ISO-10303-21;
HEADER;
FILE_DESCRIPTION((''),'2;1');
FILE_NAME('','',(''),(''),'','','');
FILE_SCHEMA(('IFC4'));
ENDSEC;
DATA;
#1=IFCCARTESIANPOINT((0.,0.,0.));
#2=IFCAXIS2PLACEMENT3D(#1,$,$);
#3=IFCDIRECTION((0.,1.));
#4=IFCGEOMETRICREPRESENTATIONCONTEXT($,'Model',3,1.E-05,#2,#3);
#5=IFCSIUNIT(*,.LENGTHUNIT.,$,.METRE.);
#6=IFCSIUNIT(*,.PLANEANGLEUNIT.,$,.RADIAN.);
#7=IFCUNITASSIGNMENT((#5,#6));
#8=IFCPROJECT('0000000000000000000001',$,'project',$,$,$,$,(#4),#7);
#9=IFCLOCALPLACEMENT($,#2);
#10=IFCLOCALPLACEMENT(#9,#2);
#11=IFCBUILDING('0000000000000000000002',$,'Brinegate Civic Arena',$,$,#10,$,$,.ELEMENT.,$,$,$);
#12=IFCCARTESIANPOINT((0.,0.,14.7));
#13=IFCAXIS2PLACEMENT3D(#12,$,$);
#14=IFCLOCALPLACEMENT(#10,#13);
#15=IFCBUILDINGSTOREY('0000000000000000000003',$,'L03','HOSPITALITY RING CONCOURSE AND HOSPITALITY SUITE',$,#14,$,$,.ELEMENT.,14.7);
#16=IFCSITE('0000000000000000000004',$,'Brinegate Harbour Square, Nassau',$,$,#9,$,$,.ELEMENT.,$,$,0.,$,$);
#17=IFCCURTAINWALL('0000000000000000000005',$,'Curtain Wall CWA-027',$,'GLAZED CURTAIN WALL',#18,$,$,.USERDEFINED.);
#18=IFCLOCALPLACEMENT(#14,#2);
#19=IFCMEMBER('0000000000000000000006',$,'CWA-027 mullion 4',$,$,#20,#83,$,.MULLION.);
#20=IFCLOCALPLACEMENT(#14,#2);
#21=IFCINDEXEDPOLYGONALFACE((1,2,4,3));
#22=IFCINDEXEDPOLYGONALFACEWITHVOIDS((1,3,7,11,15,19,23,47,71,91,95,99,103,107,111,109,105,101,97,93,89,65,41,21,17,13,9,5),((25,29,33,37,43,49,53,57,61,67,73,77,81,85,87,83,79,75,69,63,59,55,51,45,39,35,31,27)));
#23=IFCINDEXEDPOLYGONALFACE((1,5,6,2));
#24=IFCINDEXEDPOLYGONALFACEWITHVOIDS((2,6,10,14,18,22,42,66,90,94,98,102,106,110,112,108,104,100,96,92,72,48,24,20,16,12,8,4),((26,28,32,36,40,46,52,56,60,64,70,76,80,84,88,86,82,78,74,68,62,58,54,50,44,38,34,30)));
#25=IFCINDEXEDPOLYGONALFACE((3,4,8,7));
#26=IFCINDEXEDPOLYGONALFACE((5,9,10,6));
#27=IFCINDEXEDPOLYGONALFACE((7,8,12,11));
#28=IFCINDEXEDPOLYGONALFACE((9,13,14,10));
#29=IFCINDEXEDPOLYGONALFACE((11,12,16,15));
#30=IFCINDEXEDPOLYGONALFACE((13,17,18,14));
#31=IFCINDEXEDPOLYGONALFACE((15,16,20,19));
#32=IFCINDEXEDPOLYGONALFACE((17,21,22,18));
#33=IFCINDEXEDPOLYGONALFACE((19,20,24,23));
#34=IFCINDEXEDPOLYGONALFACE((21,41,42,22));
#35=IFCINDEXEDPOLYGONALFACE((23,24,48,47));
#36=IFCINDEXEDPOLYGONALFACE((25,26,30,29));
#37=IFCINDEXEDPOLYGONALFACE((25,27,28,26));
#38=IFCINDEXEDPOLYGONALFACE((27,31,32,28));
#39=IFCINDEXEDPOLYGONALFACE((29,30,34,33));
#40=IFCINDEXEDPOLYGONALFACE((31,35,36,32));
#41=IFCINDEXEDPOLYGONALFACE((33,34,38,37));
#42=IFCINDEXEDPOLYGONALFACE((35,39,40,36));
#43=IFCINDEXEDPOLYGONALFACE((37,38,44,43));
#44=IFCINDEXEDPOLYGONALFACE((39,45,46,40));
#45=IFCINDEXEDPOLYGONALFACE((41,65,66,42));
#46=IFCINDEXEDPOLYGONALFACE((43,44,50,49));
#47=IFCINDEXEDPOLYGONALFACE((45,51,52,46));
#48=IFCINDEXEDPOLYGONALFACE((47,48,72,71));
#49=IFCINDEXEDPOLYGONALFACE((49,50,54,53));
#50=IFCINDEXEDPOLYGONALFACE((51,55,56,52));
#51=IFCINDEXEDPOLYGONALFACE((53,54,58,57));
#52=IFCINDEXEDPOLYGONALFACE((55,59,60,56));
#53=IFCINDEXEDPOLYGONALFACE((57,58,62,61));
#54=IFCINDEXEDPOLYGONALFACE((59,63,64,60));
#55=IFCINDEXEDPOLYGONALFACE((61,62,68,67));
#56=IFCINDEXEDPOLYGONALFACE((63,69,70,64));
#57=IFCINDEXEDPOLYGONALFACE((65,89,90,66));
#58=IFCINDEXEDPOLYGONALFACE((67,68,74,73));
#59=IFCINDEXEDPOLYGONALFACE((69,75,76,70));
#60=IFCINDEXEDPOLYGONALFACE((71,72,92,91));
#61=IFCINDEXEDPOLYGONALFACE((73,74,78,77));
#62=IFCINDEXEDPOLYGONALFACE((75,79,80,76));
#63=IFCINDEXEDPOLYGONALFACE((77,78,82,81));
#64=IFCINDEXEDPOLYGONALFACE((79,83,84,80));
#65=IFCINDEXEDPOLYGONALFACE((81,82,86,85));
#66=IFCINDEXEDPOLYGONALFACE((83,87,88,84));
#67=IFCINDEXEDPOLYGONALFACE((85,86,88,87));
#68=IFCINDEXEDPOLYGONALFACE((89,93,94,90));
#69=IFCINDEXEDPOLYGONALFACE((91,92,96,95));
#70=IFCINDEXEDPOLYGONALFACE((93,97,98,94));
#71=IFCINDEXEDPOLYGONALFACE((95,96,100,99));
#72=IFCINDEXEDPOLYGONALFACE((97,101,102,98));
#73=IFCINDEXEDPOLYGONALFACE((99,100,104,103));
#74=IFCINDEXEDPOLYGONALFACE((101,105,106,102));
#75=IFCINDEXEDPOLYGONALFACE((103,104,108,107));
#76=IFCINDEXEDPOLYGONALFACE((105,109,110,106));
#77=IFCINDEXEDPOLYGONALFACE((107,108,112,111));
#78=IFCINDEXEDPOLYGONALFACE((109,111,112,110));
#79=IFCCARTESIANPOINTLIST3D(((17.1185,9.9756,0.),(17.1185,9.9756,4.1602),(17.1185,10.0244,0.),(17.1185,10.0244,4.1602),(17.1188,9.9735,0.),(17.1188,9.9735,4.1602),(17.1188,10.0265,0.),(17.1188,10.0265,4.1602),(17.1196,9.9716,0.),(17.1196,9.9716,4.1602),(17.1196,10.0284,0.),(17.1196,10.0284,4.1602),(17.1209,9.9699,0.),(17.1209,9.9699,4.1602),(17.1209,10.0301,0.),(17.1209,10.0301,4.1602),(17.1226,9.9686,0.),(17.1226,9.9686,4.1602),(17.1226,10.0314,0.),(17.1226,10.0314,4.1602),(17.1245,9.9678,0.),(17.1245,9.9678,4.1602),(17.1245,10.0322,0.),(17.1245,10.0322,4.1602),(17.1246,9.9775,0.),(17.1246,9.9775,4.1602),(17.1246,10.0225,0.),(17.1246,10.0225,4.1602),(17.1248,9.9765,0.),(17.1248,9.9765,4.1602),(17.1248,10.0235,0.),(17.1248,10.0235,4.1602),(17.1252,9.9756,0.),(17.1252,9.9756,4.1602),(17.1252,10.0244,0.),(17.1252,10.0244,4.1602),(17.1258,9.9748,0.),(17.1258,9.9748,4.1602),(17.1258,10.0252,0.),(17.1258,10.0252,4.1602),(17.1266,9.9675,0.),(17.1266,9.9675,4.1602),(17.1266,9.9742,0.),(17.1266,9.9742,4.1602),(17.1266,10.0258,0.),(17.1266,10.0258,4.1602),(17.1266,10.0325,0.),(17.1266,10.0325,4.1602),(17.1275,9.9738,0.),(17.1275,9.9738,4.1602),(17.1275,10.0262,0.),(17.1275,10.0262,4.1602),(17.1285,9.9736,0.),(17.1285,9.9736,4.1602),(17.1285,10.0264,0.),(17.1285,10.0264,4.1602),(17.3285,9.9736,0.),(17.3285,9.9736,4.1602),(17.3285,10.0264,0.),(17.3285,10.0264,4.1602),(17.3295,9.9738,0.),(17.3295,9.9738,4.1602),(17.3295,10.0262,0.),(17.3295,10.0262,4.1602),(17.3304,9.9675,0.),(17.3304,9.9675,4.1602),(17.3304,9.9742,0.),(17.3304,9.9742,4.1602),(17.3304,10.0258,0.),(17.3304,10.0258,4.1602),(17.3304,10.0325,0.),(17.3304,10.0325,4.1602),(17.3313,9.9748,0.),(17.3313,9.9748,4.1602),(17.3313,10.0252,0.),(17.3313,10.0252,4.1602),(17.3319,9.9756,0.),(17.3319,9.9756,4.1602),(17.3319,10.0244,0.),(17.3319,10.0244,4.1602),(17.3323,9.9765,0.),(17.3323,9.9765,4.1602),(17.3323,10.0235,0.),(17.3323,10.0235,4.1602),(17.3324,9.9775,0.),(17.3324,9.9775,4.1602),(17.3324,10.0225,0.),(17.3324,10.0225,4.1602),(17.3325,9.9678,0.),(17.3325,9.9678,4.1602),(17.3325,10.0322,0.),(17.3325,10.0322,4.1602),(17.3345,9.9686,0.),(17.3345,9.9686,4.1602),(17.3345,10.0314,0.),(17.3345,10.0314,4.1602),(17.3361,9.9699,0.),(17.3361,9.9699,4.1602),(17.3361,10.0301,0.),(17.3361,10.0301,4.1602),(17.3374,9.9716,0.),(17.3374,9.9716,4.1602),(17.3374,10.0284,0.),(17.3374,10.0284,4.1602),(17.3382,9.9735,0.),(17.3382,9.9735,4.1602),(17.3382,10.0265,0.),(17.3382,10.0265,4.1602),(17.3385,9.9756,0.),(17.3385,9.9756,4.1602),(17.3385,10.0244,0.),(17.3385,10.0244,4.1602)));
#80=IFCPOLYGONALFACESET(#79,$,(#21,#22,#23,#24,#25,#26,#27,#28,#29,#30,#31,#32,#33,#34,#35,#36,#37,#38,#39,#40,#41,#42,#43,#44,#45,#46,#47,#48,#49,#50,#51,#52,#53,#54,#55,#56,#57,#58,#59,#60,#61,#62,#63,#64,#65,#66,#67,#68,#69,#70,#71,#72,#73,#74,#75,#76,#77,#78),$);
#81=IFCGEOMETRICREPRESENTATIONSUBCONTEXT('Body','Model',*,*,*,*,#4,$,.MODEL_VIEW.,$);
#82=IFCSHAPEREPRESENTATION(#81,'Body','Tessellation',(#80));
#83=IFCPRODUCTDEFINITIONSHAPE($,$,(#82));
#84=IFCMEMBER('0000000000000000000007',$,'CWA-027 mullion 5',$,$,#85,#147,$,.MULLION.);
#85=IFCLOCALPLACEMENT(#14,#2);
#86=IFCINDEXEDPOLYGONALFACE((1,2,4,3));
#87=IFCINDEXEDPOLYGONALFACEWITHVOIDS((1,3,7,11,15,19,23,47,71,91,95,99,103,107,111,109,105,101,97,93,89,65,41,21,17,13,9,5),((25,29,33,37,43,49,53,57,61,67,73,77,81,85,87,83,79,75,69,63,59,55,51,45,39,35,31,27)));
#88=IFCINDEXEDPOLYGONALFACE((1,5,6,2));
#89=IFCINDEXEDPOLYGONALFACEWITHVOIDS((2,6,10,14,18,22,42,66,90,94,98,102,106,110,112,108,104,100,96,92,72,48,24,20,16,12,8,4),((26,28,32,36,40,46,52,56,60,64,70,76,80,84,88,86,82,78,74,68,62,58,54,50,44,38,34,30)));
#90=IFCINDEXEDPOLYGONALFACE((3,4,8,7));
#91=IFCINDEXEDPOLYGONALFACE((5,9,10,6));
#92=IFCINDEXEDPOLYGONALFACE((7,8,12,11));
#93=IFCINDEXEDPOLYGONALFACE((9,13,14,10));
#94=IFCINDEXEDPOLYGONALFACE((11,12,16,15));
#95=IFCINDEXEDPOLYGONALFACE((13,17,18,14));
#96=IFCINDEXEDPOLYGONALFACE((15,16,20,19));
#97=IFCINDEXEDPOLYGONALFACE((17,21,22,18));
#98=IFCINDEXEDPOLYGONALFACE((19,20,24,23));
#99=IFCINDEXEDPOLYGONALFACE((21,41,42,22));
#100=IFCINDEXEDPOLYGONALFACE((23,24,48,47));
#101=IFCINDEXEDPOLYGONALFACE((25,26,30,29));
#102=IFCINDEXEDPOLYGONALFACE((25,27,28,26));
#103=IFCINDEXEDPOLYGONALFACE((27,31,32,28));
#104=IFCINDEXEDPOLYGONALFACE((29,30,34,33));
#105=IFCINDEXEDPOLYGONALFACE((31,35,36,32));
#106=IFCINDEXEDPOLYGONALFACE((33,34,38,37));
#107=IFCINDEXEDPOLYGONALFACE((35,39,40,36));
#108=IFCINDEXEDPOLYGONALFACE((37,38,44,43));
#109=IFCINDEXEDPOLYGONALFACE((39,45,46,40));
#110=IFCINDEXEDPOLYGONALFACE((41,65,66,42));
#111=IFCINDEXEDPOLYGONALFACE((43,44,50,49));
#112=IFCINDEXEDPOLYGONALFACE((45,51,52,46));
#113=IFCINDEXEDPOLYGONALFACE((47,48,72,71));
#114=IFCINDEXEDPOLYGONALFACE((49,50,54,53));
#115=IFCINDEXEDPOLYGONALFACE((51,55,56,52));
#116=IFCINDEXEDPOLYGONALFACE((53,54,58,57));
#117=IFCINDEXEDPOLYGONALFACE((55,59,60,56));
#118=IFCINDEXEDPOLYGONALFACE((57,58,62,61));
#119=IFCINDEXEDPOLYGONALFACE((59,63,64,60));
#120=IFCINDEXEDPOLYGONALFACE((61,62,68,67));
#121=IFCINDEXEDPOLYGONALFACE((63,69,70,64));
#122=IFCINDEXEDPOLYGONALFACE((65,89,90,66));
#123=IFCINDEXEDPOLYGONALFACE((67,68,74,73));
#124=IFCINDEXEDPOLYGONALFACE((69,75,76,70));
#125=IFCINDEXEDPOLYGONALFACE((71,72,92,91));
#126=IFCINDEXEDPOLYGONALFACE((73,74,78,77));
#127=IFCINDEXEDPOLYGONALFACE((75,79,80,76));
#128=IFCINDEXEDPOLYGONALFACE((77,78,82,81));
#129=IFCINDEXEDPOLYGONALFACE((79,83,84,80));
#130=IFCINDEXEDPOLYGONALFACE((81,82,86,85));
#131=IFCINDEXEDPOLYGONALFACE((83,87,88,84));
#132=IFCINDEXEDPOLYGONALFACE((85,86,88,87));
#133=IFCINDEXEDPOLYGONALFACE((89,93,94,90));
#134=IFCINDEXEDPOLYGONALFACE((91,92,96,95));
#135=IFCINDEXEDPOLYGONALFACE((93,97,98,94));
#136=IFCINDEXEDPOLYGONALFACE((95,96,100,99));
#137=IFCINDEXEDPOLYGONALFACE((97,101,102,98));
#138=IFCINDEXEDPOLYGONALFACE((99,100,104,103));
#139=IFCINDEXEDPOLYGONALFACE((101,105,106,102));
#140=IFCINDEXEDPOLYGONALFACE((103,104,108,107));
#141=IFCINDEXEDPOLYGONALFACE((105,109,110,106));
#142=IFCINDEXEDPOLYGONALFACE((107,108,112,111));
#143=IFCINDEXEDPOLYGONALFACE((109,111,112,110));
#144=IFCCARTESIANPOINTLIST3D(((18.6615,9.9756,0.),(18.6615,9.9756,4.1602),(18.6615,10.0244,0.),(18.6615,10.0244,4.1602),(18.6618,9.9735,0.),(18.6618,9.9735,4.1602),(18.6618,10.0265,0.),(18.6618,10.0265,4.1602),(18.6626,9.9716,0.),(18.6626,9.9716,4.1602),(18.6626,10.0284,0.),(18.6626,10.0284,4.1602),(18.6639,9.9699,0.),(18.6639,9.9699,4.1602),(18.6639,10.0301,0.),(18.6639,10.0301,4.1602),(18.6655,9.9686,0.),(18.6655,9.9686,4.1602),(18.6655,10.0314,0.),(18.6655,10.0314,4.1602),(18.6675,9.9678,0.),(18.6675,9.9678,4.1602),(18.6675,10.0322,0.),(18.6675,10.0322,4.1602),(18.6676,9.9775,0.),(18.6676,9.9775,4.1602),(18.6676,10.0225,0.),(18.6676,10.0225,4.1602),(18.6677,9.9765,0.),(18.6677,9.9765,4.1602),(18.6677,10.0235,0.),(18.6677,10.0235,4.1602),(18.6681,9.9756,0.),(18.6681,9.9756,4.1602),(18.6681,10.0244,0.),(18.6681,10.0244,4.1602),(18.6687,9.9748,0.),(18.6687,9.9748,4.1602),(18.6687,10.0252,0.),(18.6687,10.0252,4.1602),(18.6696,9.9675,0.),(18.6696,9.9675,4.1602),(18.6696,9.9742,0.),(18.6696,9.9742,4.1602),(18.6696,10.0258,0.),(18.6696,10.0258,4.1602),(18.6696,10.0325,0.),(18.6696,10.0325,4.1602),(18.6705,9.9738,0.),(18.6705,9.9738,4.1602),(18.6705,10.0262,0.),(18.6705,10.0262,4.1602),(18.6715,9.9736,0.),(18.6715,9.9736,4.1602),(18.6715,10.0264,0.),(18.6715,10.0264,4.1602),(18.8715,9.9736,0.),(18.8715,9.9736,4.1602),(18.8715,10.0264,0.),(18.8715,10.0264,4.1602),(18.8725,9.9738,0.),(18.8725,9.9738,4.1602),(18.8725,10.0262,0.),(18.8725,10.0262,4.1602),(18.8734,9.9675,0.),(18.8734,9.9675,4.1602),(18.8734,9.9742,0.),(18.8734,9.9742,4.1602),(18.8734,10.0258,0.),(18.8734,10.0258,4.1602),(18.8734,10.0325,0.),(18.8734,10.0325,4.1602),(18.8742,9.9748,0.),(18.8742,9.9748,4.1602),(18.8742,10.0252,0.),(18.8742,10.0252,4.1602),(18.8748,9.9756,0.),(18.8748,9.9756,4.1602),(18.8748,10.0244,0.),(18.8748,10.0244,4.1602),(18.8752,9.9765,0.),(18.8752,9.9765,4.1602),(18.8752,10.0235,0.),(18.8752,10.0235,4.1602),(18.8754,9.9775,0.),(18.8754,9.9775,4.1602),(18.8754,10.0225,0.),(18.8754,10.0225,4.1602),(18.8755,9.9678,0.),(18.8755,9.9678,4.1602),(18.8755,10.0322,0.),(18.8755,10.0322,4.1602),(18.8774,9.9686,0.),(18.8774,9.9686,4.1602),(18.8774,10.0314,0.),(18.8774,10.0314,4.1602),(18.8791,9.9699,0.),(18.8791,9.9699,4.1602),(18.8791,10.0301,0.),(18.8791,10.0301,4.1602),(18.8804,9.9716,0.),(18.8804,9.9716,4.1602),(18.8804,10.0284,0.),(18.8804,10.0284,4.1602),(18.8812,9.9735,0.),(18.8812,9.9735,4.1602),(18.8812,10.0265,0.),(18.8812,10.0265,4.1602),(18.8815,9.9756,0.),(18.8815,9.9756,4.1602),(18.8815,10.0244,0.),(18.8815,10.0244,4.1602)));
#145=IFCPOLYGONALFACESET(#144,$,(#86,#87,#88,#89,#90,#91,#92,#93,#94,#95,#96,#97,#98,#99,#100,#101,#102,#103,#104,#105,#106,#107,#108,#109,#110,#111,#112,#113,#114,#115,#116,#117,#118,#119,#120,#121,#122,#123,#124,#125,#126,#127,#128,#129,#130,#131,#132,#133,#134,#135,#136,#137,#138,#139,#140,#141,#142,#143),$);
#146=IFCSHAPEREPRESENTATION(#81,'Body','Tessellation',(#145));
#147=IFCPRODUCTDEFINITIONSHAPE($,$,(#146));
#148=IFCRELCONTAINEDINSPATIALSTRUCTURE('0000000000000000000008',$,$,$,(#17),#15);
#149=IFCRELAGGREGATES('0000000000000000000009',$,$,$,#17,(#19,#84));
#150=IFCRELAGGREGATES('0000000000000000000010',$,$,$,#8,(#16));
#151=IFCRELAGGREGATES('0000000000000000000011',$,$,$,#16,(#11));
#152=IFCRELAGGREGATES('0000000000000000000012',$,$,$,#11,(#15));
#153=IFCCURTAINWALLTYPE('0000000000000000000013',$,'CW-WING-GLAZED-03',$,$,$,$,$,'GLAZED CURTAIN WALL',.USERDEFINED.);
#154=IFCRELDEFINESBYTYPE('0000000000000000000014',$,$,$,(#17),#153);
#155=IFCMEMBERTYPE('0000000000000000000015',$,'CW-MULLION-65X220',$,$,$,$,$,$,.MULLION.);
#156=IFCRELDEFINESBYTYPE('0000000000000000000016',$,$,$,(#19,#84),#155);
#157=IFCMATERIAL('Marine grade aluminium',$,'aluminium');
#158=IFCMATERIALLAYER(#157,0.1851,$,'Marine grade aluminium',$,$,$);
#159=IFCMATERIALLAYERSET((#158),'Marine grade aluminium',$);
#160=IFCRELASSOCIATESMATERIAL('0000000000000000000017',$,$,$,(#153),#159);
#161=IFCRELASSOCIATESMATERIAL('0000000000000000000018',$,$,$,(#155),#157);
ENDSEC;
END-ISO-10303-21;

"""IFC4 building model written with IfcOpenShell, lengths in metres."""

from ifc_helpers import new_model, si_unit, direction, frame, origin, origin_2d, place, context, subcontext, project, spatial, hollow_rectangle, extrude, material, layer, layer_set, material_profile, profile_set, type_object, element, aggregate, save


model = new_model("IFC4")

# Units and contexts
model_context = context("Model", 3, precision=1e-05, world=origin(), true_north=direction((0.0, 1.0)))
body_context = subcontext(model_context, "Body", "Model", "MODEL_VIEW")
ifc_project = project(units=[si_unit("LENGTHUNIT", "METRE"), si_unit("PLANEANGLEUNIT", "RADIAN")], contexts=[model_context])

# Site, building, storey
site_placement = place(None, origin())
site = spatial("IfcSite", under=ifc_project, at=site_placement, Name="Brinegate Harbour Square, Nassau", CompositionType="ELEMENT", RefElevation=0.0)
building_placement = place(site_placement, origin())
building = spatial("IfcBuilding", under=site, at=building_placement, Name="Brinegate Civic Arena", CompositionType="ELEMENT")
storey_placement = place(building_placement, frame((0.0, 0.0, 14.7)))
storey = spatial("IfcBuildingStorey", under=building, at=storey_placement, Name="L03", Description="HOSPITALITY RING CONCOURSE AND HOSPITALITY SUITE", CompositionType="ELEMENT", Elevation=14.7)

# Curtain wall, members
ifc_material_1 = material(Name="Marine grade aluminium", Category="aluminium")
ifc_layer_1 = layer(ifc_material_1, 0.1851, Name="Marine grade aluminium")
ifc_layer_set_1 = layer_set([ifc_layer_1], Name="Marine grade aluminium")
curtain_wall_type = type_object("IfcCurtainWallType", Name="CW-WING-GLAZED-03", ElementType="GLAZED CURTAIN WALL", PredefinedType="USERDEFINED", material=ifc_layer_set_1)
curtain_wall_1_placement = place(storey_placement, origin())
curtain_wall_1 = element("IfcCurtainWall", 1, at=curtain_wall_1_placement, inside=storey, type_object=curtain_wall_type, Name="Curtain Wall CWA-027", ObjectType="GLAZED CURTAIN WALL", PredefinedType="USERDEFINED")
ifc_material_profile_1 = material_profile(ifc_material_1, hollow_rectangle(XDim=0.0649, YDim=0.22, WallThickness=0.0061, InnerFilletRadius=0.0039, OuterFilletRadius=0.0081, at=origin_2d()), Name="MUL65X220")
ifc_profile_set_1 = profile_set([ifc_material_profile_1], Name="Marine grade aluminium")
member_type_1 = type_object("IfcMemberType", Name="CW-MULLION-65X220", PredefinedType="MULLION", material=ifc_profile_set_1)
member_1_placement = place(storey_placement, frame((17.2285, 10.0, 0.0), z_axis=(0.0, 0.0, 1.0), x_axis=(0.0, 1.0, 0.0)))
member_1 = element("IfcMember", 2, at=member_1_placement, type_object=member_type_1, Name="CWA-027 mullion 4", PredefinedType="MULLION", context=body_context, shape_type="SweptSolid", body=[
    extrude(hollow_rectangle(XDim=0.0649, YDim=0.22, WallThickness=0.0061, InnerFilletRadius=0.0039, OuterFilletRadius=0.0081, at=origin_2d()), origin(), (0.0, 0.0, 1.0), 4.1602),
])
member_2_placement = place(storey_placement, frame((18.7715, 10.0, 0.0), z_axis=(0.0, 0.0, 1.0), x_axis=(0.0, 1.0, 0.0)))
member_2 = element("IfcMember", 3, at=member_2_placement, type_object=member_type_1, Name="CWA-027 mullion 5", PredefinedType="MULLION", context=body_context, shape_type="SweptSolid", body=[
    extrude(hollow_rectangle(XDim=0.0649, YDim=0.22, WallThickness=0.0061, InnerFilletRadius=0.0039, OuterFilletRadius=0.0081, at=origin_2d()), origin(), (0.0, 0.0, 1.0), 4.1602),
])

aggregate(curtain_wall_1, [member_1, member_2])

save(model, "model.ifc")
